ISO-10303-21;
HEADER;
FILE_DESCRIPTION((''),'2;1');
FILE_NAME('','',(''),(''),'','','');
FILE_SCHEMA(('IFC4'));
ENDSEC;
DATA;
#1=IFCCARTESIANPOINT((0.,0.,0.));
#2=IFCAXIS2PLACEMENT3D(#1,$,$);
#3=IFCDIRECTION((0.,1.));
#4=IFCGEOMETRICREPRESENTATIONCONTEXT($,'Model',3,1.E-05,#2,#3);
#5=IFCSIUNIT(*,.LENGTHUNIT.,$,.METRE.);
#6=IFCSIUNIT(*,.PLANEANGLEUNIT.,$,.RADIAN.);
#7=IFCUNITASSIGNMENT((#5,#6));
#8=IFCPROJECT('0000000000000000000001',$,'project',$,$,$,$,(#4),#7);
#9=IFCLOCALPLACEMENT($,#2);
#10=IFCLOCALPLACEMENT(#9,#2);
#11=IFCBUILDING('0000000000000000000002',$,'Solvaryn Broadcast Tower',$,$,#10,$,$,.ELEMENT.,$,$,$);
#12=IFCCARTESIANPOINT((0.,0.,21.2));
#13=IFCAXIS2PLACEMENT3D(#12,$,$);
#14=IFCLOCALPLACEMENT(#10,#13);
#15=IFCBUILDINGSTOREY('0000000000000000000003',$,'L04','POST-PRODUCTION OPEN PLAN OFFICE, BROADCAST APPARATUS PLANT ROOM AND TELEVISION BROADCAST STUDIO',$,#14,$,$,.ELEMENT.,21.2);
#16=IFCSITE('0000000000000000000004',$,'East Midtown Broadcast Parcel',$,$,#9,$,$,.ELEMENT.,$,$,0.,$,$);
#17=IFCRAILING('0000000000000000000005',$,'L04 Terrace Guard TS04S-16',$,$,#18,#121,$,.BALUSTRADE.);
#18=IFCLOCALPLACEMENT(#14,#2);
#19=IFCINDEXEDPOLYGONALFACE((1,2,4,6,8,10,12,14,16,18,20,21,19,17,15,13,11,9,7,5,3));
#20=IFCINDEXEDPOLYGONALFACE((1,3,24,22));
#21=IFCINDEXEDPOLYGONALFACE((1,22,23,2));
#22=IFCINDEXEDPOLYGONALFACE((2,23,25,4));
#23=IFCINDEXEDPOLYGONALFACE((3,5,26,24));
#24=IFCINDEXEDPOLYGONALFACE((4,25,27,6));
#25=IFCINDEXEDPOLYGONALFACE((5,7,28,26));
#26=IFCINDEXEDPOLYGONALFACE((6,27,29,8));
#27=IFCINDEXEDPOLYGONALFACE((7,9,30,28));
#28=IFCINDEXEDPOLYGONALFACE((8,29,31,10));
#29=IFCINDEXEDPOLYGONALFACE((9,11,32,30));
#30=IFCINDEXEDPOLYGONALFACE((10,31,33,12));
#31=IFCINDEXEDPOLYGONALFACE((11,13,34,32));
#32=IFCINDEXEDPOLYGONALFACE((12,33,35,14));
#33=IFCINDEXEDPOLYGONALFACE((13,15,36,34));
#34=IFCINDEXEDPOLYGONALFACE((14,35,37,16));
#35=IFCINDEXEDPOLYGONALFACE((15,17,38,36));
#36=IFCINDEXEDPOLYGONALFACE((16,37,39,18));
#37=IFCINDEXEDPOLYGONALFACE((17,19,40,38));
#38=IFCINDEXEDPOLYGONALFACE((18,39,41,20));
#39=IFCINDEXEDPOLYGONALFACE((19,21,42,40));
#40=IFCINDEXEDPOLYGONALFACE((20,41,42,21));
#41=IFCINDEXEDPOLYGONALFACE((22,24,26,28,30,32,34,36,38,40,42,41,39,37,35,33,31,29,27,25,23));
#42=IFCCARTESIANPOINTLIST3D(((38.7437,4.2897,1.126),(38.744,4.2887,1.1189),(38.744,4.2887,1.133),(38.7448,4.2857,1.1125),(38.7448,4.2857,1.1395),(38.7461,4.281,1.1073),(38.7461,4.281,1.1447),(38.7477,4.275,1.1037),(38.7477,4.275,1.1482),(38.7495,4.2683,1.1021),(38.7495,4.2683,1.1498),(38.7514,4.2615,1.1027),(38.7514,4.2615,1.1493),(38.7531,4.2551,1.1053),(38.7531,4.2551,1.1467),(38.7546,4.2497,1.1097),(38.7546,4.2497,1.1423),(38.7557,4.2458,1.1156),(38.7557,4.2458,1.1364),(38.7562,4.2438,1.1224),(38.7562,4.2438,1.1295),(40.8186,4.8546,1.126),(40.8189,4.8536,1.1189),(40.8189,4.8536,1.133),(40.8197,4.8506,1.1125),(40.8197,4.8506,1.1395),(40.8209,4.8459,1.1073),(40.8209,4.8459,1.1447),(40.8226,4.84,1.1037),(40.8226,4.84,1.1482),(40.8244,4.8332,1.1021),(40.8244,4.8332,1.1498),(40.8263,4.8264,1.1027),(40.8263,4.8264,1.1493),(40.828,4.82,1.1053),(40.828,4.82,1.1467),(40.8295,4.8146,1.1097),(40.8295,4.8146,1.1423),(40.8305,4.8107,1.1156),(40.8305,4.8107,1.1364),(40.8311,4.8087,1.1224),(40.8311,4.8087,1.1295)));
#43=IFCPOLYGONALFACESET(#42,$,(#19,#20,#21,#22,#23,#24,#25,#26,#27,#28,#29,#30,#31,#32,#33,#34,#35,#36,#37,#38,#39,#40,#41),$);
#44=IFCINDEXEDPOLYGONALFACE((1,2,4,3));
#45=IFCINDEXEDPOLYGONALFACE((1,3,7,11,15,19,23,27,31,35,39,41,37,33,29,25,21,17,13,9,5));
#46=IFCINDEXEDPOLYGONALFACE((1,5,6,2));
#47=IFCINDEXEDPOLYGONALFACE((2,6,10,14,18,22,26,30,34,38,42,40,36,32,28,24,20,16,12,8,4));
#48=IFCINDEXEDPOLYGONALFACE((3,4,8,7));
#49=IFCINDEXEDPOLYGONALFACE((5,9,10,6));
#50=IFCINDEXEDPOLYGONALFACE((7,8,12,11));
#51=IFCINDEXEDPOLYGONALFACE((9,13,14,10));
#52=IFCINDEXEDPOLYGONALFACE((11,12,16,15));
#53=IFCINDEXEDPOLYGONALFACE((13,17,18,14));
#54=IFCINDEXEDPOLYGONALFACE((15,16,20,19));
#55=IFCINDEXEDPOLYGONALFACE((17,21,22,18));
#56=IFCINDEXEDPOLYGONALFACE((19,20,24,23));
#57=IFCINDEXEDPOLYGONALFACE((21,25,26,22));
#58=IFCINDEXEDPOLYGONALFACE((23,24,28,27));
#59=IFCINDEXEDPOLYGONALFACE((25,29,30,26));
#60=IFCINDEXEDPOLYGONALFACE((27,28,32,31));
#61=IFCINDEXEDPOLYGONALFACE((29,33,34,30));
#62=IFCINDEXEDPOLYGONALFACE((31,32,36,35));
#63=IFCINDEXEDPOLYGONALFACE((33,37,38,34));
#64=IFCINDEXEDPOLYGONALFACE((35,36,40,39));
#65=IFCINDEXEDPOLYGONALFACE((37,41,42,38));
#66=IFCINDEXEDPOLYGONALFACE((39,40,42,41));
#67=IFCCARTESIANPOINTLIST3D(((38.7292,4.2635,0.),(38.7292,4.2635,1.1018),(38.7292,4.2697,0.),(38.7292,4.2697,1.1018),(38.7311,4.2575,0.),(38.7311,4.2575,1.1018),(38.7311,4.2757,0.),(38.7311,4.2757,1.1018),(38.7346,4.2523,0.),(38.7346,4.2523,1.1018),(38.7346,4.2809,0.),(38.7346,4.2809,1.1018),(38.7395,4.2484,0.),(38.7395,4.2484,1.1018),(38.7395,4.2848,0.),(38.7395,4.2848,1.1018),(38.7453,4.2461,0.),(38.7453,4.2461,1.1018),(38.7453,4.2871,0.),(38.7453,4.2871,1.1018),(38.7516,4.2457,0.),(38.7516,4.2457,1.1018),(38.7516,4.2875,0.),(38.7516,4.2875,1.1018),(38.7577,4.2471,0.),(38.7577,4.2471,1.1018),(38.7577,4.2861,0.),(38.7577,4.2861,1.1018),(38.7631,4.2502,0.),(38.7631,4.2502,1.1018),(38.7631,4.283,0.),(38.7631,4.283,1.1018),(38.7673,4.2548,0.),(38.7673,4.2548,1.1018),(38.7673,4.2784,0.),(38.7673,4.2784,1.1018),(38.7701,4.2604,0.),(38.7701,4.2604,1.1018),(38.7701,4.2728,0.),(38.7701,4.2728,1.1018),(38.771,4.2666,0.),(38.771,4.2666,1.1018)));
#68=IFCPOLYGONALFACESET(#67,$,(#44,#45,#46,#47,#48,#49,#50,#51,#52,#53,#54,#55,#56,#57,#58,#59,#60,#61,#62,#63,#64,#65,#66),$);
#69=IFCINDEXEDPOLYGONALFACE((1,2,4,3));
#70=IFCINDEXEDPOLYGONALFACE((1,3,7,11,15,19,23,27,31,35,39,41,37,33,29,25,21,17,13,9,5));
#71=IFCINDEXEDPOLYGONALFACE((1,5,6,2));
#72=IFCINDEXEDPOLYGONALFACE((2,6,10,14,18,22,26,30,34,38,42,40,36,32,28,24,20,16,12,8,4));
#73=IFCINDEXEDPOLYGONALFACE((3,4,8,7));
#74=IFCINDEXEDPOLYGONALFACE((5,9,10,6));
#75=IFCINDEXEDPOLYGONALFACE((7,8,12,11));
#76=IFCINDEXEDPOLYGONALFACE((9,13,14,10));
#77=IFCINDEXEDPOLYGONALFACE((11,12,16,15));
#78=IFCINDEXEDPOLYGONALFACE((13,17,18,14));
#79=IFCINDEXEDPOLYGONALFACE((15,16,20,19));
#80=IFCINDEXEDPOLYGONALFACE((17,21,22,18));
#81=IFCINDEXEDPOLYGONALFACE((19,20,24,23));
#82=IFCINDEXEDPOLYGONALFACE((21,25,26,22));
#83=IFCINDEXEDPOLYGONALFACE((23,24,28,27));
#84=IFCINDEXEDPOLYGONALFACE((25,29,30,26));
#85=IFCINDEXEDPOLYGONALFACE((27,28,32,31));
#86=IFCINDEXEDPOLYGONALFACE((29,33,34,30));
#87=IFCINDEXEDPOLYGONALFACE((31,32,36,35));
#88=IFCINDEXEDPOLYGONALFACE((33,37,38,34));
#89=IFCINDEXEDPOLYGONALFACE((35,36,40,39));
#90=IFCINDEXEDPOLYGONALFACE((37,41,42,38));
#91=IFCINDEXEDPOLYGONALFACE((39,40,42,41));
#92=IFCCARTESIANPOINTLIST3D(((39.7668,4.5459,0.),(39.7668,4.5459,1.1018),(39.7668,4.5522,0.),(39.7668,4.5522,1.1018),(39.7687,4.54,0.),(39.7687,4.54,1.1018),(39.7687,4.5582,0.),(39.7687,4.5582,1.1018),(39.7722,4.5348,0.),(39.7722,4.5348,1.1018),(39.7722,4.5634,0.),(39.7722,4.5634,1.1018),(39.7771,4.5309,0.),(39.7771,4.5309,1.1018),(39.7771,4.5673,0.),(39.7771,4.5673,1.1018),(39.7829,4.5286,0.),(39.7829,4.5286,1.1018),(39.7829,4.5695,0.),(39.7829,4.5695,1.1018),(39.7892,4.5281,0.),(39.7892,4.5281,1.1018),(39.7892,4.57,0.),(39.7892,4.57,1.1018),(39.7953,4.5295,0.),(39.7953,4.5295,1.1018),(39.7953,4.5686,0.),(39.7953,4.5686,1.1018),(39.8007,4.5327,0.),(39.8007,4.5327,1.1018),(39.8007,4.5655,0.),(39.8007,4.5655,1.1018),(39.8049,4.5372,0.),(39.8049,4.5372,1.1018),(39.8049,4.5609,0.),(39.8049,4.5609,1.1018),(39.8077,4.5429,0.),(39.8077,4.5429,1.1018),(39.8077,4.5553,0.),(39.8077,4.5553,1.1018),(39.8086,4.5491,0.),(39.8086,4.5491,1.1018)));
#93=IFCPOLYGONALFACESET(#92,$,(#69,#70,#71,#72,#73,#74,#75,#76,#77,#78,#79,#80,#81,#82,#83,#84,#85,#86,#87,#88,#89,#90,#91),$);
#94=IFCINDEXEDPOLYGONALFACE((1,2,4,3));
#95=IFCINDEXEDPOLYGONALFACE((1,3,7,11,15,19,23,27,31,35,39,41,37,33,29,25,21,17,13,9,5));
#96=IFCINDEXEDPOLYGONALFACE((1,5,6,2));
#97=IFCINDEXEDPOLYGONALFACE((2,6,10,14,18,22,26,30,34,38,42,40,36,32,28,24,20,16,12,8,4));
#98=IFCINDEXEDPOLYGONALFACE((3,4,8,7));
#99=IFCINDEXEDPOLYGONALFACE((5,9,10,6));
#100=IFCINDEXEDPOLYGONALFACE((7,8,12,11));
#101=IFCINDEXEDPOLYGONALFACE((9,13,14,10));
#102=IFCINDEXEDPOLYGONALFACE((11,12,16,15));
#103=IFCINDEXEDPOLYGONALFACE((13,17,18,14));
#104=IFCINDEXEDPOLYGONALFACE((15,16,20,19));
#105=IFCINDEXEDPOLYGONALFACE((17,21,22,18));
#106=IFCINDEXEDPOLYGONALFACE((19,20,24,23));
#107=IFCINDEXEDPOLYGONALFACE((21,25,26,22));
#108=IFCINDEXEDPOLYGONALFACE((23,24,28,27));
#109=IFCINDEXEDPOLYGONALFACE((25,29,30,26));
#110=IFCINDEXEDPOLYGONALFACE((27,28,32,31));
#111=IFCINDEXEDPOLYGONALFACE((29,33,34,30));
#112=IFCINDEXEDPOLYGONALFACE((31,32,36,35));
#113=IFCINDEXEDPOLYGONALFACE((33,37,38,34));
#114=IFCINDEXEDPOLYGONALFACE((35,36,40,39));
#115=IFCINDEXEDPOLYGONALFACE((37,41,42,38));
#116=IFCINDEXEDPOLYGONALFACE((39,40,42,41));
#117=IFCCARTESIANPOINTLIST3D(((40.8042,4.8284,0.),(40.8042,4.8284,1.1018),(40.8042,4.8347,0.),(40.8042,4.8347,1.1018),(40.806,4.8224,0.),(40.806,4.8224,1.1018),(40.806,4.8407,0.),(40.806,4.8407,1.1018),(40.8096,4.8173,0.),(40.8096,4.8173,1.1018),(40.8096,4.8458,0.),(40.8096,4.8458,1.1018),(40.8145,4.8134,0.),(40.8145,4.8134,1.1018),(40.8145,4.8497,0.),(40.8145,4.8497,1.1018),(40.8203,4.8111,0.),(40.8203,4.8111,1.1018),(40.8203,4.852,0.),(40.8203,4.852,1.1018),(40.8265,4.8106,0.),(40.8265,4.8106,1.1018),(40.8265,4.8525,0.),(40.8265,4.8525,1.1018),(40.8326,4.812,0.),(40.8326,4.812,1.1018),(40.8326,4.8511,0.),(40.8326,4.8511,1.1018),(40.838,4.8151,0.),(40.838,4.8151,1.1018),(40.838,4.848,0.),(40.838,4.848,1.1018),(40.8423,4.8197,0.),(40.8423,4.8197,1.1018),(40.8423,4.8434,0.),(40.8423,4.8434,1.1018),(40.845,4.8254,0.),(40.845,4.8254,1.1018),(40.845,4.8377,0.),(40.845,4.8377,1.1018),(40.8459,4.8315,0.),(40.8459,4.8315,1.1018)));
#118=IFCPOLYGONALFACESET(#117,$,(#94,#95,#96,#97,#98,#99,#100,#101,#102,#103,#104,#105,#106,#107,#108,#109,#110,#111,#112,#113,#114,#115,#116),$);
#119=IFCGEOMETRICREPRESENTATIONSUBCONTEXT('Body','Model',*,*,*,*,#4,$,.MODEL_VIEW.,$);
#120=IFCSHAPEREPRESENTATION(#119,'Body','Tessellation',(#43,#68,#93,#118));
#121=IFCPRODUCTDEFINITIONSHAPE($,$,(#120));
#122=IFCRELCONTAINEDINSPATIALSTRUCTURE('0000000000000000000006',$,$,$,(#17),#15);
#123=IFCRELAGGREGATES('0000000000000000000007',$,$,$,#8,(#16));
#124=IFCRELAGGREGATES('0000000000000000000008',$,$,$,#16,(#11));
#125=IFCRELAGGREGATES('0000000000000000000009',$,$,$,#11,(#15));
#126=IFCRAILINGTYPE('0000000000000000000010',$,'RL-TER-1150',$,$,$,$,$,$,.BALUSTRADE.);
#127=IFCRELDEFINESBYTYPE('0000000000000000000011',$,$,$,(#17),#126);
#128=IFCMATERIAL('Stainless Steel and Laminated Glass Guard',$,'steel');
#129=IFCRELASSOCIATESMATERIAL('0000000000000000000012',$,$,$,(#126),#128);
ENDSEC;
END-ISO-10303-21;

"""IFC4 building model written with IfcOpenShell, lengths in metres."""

from ifc_helpers import new_model, si_unit, direction, frame, origin, origin_2d, place, context, subcontext, project, spatial, circle, extrude, material, type_object, element, save


model = new_model("IFC4")

# Units and contexts
model_context = context("Model", 3, precision=1e-05, world=origin(), true_north=direction((0.0, 1.0)))
body_context = subcontext(model_context, "Body", "Model", "MODEL_VIEW")
ifc_project = project(units=[si_unit("LENGTHUNIT", "METRE"), si_unit("PLANEANGLEUNIT", "RADIAN")], contexts=[model_context])

# Site, building, storey
site_placement = place(None, origin())
site = spatial("IfcSite", under=ifc_project, at=site_placement, Name="East Midtown Broadcast Parcel", CompositionType="ELEMENT", RefElevation=0.0)
building_placement = place(site_placement, origin())
building = spatial("IfcBuilding", under=site, at=building_placement, Name="Solvaryn Broadcast Tower", CompositionType="ELEMENT")
storey_placement = place(building_placement, frame((0.0, 0.0, 21.2)))
storey = spatial("IfcBuildingStorey", under=building, at=storey_placement, Name="L04", Description="POST-PRODUCTION OPEN PLAN OFFICE, BROADCAST APPARATUS PLANT ROOM AND TELEVISION BROADCAST STUDIO", CompositionType="ELEMENT", Elevation=21.2)

# Railing
ifc_material_1 = material(Name="Stainless Steel and Laminated Glass Guard", Category="steel")
railing_type = type_object("IfcRailingType", Name="RL-TER-1150", PredefinedType="BALUSTRADE", material=ifc_material_1)
railing_1_placement = place(storey_placement, frame((38.75, 4.2666, 0.0)))
element("IfcRailing", 1, at=railing_1_placement, inside=storey, type_object=railing_type, Name="L04 Terrace Guard TS04S-16", PredefinedType="BALUSTRADE", context=body_context, shape_type="SweptSolid", body=[
    extrude(circle(Radius=0.0239, at=origin_2d()), frame((0.0, 0.0, 1.126), z_axis=(0.964876, 0.262704, 0.0), x_axis=(-0.262704, 0.964876, 0.0)), (0.0, 0.0, 1.0), 2.1504),
    extrude(circle(Radius=0.021, at=origin_2d()), origin(), (0.0, 0.0, 1.0), 1.1018),
    extrude(circle(Radius=0.021, at=origin_2d()), frame((1.0376, 0.2825, 0.0)), (0.0, 0.0, 1.0), 1.1018),
    extrude(circle(Radius=0.021, at=origin_2d()), frame((2.075, 0.5649, 0.0)), (0.0, 0.0, 1.0), 1.1018),
])

save(model, "model.ifc")
